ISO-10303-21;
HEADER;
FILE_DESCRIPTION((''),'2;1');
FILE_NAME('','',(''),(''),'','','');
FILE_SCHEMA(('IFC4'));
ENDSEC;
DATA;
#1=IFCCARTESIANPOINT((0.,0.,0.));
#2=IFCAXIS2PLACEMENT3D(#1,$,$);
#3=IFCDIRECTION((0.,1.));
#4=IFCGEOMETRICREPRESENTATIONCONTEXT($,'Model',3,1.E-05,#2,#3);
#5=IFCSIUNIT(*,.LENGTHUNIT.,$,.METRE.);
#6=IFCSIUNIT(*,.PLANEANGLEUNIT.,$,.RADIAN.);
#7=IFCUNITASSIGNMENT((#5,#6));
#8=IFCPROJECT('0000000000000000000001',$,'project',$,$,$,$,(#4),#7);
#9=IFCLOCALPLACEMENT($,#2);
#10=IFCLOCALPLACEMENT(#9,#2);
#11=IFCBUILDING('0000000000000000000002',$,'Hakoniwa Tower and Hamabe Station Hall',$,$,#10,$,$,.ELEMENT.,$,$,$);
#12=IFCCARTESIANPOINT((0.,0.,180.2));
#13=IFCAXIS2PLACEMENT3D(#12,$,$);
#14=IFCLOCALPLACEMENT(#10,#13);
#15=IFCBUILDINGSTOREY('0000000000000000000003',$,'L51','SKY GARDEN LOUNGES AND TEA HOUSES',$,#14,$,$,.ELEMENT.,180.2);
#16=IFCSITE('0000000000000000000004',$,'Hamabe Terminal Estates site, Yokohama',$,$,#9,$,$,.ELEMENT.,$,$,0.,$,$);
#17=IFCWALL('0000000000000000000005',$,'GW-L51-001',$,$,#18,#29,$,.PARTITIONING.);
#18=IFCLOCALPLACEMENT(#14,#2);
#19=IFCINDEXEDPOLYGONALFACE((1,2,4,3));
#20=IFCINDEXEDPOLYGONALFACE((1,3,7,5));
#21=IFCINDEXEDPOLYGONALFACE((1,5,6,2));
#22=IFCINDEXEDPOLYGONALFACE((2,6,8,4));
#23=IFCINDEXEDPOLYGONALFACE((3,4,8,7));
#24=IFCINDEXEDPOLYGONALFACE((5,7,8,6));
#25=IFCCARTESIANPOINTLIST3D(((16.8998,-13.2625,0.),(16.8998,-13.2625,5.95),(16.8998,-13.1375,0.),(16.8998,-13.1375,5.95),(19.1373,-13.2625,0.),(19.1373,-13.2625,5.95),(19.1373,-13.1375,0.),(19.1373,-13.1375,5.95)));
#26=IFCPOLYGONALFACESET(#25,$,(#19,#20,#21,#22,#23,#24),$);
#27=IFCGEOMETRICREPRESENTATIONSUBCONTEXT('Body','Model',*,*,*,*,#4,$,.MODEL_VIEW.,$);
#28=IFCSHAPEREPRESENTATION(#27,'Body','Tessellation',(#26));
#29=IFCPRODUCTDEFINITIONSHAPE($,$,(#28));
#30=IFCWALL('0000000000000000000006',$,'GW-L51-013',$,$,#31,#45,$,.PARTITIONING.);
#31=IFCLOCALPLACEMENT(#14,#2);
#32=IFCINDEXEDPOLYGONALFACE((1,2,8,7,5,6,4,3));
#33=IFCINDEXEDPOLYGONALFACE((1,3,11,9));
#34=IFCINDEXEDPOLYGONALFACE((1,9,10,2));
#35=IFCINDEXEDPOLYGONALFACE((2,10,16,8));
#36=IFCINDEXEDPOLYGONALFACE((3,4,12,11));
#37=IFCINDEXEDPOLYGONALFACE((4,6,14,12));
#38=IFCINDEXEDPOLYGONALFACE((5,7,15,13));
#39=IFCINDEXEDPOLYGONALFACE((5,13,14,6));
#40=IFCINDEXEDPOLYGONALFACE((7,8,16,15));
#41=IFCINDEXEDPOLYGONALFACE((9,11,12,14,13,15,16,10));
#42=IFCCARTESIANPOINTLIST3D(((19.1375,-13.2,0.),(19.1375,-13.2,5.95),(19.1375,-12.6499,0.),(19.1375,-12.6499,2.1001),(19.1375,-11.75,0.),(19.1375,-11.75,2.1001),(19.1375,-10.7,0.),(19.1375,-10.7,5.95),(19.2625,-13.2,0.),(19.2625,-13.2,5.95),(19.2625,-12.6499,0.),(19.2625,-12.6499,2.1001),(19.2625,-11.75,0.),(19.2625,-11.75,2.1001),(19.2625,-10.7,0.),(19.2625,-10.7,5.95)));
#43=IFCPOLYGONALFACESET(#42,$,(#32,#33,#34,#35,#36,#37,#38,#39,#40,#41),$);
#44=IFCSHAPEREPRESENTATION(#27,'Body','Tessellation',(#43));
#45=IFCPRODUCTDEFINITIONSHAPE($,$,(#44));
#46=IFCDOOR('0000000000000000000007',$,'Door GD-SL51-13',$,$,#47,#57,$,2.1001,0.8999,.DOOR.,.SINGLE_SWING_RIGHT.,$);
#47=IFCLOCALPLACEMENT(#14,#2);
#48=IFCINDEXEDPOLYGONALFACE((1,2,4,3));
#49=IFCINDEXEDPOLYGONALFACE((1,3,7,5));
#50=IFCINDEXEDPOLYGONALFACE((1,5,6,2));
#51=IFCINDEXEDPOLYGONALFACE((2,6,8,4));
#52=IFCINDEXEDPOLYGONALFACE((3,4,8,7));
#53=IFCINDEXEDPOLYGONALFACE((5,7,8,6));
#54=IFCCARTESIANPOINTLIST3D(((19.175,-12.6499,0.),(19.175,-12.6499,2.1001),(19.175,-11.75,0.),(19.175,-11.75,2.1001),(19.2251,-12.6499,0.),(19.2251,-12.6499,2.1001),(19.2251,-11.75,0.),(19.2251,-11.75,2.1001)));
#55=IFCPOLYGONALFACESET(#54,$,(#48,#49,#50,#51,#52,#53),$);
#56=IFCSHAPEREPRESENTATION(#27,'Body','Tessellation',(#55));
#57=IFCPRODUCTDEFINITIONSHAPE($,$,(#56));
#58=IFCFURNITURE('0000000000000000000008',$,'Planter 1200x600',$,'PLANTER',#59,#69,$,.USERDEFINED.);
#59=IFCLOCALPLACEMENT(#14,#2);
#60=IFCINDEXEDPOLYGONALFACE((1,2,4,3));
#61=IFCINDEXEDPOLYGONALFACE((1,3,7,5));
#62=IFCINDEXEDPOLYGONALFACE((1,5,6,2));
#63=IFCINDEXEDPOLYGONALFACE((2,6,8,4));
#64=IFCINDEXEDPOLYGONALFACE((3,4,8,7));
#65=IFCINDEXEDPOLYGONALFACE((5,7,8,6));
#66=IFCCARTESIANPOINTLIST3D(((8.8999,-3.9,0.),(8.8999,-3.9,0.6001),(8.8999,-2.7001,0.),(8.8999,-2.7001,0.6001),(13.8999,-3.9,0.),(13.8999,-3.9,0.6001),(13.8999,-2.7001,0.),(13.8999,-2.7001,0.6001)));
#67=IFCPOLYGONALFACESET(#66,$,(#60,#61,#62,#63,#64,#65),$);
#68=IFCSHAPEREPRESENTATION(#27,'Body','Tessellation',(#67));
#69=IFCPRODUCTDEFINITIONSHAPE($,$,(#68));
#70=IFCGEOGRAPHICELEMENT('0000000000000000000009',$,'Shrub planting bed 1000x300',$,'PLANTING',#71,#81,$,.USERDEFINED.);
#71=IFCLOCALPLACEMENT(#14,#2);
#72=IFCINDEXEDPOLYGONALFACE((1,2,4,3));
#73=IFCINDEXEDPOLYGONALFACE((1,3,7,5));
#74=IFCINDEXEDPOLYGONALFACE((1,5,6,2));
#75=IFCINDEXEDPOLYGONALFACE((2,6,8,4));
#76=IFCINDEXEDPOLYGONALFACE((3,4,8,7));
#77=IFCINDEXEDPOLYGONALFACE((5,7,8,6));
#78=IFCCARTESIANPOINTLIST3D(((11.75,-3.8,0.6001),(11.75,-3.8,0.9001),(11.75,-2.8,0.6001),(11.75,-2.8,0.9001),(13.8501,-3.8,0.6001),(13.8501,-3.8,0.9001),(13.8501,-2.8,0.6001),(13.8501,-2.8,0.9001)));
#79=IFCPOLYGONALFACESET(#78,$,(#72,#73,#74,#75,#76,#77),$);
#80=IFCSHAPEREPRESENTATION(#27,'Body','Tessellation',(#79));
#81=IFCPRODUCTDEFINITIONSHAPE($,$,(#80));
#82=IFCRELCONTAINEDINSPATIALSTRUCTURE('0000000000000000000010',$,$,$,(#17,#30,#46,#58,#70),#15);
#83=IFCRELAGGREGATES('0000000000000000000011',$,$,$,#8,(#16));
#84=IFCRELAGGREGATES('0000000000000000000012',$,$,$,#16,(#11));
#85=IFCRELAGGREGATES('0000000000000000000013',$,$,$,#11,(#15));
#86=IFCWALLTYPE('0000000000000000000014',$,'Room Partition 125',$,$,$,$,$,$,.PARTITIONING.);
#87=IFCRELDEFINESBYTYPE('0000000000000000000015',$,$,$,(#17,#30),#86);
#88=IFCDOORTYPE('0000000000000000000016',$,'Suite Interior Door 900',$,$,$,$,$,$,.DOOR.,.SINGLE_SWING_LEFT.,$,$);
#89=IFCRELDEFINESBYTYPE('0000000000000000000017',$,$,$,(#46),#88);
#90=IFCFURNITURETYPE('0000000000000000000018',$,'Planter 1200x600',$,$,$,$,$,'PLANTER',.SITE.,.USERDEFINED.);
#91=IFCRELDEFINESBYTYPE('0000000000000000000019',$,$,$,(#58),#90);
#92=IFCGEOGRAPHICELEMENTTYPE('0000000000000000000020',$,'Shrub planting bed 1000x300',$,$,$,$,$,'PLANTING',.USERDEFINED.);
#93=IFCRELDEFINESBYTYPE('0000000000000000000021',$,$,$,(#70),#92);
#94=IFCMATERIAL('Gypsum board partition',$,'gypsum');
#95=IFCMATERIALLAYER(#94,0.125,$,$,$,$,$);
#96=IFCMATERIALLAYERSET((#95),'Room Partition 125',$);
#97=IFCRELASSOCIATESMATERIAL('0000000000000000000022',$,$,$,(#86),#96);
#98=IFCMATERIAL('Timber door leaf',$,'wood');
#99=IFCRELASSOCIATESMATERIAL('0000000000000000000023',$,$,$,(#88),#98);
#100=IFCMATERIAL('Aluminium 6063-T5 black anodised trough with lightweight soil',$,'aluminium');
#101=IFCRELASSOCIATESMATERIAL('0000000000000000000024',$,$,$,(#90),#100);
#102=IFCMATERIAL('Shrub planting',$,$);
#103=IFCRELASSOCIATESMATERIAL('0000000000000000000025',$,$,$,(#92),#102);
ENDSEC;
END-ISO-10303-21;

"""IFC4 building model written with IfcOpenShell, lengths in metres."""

from ifc_helpers import new_model, si_unit, direction, frame, frame_2d, origin, origin_2d, place, context, subcontext, project, spatial, rectangle, extrude, material, layer, layer_set, type_object, element, fill, save


model = new_model("IFC4")

# Units and contexts
model_context = context("Model", 3, precision=1e-05, world=origin(), true_north=direction((0.0, 1.0)))
body_context = subcontext(model_context, "Body", "Model", "MODEL_VIEW")
ifc_project = project(units=[si_unit("LENGTHUNIT", "METRE"), si_unit("PLANEANGLEUNIT", "RADIAN")], contexts=[model_context])

# Site, building, storey
site_placement = place(None, origin())
site = spatial("IfcSite", under=ifc_project, at=site_placement, Name="Hamabe Terminal Estates site, Yokohama", CompositionType="ELEMENT", RefElevation=0.0)
building_placement = place(site_placement, origin())
building = spatial("IfcBuilding", under=site, at=building_placement, Name="Hakoniwa Tower and Hamabe Station Hall", CompositionType="ELEMENT")
storey_placement = place(building_placement, frame((0.0, 0.0, 180.2)))
storey = spatial("IfcBuildingStorey", under=building, at=storey_placement, Name="L51", Description="SKY GARDEN LOUNGES AND TEA HOUSES", CompositionType="ELEMENT", Elevation=180.2)

# Wall
ifc_material_1 = material(Name="Gypsum board partition", Category="gypsum")
ifc_layer_1 = layer(ifc_material_1, 0.125)
ifc_layer_set_1 = layer_set([ifc_layer_1], Name="Room Partition 125")
wall_type_1 = type_object("IfcWallType", Name="Room Partition 125", PredefinedType="PARTITIONING", material=ifc_layer_set_1)
wall_1_placement = place(storey_placement, frame((16.8999, -13.2, 0.0), z_axis=(0.0, 0.0, 1.0), x_axis=(1.0, 0.0, 0.0)))
element("IfcWall", 1, at=wall_1_placement, inside=storey, type_object=wall_type_1, Name="GW-L51-001", PredefinedType="PARTITIONING", context=body_context, shape_type="SweptSolid", body=[
    extrude(rectangle(XDim=2.2375, YDim=0.125, at=frame_2d((1.1187, 0.0))), origin(), (0.0, 0.0, 1.0), 5.95),
])

# Wall, opening, door
wall_2_placement = place(storey_placement, frame((19.2, -13.2, 0.0), z_axis=(0.0, 0.0, 1.0), x_axis=(0.0, 1.0, 0.0)))
wall_2 = element("IfcWall", 2, at=wall_2_placement, inside=storey, type_object=wall_type_1, Name="GW-L51-013", PredefinedType="PARTITIONING", context=body_context, shape_type="SweptSolid", body=[
    extrude(rectangle(XDim=2.5, YDim=0.125, at=frame_2d((1.25, 0.0))), origin(), (0.0, 0.0, 1.0), 5.95),
])
opening_1_placement = place(wall_2_placement, frame((0.55, 0.0, 0.0)))
opening_1 = element("IfcOpeningElement", 3, at=opening_1_placement, cuts=wall_2, PredefinedType="OPENING", context=body_context, shape_type="SweptSolid", body=[
    extrude(rectangle(XDim=0.8999, YDim=2.1001, at=frame_2d((0.45, 1.05))), frame((0.0, 0.0725, 0.0), z_axis=(0.0, -1.0, 0.0), x_axis=(1.0, 0.0, 0.0)), (0.0, 0.0, 1.0), 0.145),
])
ifc_material_2 = material(Name="Timber door leaf", Category="wood")
door_type_1 = type_object("IfcDoorType", Name="Suite Interior Door 900", OperationType="SINGLE_SWING_LEFT", PredefinedType="DOOR", material=ifc_material_2)
door_1_placement = place(opening_1_placement, origin())
door_1 = element("IfcDoor", 4, at=door_1_placement, inside=storey, type_object=door_type_1, Name="Door GD-SL51-13", OperationType="SINGLE_SWING_RIGHT", OverallHeight=2.1001, OverallWidth=0.8999, PredefinedType="DOOR", context=body_context, shape_type="SweptSolid", body=[
    extrude(rectangle(XDim=0.8999, YDim=2.1001, at=frame_2d((0.45, 1.05))), frame((0.0, 0.0249, 0.0), z_axis=(0.0, -1.0, 0.0), x_axis=(1.0, 0.0, 0.0)), (0.0, 0.0, 1.0), 0.05),
])
fill(opening_1, door_1)

# Furniture
ifc_material_3 = material(Name="Aluminium 6063-T5 black anodised trough with lightweight soil", Category="aluminium")
furniture_type = type_object("IfcFurnitureType", Name="Planter 1200x600", ElementType="PLANTER", AssemblyPlace="SITE", PredefinedType="USERDEFINED", material=ifc_material_3)
furniture_placement = place(storey_placement, frame((11.3999, -3.3, 0.0), z_axis=(0.0, 0.0, 1.0), x_axis=(1.0, 0.0, 0.0)))
element("IfcFurniture", 5, at=furniture_placement, inside=storey, type_object=furniture_type, Name="Planter 1200x600", ObjectType="PLANTER", PredefinedType="USERDEFINED", context=body_context, shape_type="SweptSolid", body=[
    extrude(rectangle(XDim=5.0, YDim=1.2, at=origin_2d()), origin(), (0.0, 0.0, 1.0), 0.6001),
])

# Geographic element
ifc_material_4 = material(Name="Shrub planting")
geographic_element_type = type_object("IfcGeographicElementType", Name="Shrub planting bed 1000x300", ElementType="PLANTING", PredefinedType="USERDEFINED", material=ifc_material_4)
geographic_element_placement = place(storey_placement, frame((12.8, -3.3, 0.6001), z_axis=(0.0, 0.0, 1.0), x_axis=(1.0, 0.0, 0.0)))
element("IfcGeographicElement", 6, at=geographic_element_placement, inside=storey, type_object=geographic_element_type, Name="Shrub planting bed 1000x300", ObjectType="PLANTING", PredefinedType="USERDEFINED", context=body_context, shape_type="SweptSolid", body=[
    extrude(rectangle(XDim=2.1001, YDim=1.0, at=origin_2d()), origin(), (0.0, 0.0, 1.0), 0.3),
])

save(model, "model.ifc")
